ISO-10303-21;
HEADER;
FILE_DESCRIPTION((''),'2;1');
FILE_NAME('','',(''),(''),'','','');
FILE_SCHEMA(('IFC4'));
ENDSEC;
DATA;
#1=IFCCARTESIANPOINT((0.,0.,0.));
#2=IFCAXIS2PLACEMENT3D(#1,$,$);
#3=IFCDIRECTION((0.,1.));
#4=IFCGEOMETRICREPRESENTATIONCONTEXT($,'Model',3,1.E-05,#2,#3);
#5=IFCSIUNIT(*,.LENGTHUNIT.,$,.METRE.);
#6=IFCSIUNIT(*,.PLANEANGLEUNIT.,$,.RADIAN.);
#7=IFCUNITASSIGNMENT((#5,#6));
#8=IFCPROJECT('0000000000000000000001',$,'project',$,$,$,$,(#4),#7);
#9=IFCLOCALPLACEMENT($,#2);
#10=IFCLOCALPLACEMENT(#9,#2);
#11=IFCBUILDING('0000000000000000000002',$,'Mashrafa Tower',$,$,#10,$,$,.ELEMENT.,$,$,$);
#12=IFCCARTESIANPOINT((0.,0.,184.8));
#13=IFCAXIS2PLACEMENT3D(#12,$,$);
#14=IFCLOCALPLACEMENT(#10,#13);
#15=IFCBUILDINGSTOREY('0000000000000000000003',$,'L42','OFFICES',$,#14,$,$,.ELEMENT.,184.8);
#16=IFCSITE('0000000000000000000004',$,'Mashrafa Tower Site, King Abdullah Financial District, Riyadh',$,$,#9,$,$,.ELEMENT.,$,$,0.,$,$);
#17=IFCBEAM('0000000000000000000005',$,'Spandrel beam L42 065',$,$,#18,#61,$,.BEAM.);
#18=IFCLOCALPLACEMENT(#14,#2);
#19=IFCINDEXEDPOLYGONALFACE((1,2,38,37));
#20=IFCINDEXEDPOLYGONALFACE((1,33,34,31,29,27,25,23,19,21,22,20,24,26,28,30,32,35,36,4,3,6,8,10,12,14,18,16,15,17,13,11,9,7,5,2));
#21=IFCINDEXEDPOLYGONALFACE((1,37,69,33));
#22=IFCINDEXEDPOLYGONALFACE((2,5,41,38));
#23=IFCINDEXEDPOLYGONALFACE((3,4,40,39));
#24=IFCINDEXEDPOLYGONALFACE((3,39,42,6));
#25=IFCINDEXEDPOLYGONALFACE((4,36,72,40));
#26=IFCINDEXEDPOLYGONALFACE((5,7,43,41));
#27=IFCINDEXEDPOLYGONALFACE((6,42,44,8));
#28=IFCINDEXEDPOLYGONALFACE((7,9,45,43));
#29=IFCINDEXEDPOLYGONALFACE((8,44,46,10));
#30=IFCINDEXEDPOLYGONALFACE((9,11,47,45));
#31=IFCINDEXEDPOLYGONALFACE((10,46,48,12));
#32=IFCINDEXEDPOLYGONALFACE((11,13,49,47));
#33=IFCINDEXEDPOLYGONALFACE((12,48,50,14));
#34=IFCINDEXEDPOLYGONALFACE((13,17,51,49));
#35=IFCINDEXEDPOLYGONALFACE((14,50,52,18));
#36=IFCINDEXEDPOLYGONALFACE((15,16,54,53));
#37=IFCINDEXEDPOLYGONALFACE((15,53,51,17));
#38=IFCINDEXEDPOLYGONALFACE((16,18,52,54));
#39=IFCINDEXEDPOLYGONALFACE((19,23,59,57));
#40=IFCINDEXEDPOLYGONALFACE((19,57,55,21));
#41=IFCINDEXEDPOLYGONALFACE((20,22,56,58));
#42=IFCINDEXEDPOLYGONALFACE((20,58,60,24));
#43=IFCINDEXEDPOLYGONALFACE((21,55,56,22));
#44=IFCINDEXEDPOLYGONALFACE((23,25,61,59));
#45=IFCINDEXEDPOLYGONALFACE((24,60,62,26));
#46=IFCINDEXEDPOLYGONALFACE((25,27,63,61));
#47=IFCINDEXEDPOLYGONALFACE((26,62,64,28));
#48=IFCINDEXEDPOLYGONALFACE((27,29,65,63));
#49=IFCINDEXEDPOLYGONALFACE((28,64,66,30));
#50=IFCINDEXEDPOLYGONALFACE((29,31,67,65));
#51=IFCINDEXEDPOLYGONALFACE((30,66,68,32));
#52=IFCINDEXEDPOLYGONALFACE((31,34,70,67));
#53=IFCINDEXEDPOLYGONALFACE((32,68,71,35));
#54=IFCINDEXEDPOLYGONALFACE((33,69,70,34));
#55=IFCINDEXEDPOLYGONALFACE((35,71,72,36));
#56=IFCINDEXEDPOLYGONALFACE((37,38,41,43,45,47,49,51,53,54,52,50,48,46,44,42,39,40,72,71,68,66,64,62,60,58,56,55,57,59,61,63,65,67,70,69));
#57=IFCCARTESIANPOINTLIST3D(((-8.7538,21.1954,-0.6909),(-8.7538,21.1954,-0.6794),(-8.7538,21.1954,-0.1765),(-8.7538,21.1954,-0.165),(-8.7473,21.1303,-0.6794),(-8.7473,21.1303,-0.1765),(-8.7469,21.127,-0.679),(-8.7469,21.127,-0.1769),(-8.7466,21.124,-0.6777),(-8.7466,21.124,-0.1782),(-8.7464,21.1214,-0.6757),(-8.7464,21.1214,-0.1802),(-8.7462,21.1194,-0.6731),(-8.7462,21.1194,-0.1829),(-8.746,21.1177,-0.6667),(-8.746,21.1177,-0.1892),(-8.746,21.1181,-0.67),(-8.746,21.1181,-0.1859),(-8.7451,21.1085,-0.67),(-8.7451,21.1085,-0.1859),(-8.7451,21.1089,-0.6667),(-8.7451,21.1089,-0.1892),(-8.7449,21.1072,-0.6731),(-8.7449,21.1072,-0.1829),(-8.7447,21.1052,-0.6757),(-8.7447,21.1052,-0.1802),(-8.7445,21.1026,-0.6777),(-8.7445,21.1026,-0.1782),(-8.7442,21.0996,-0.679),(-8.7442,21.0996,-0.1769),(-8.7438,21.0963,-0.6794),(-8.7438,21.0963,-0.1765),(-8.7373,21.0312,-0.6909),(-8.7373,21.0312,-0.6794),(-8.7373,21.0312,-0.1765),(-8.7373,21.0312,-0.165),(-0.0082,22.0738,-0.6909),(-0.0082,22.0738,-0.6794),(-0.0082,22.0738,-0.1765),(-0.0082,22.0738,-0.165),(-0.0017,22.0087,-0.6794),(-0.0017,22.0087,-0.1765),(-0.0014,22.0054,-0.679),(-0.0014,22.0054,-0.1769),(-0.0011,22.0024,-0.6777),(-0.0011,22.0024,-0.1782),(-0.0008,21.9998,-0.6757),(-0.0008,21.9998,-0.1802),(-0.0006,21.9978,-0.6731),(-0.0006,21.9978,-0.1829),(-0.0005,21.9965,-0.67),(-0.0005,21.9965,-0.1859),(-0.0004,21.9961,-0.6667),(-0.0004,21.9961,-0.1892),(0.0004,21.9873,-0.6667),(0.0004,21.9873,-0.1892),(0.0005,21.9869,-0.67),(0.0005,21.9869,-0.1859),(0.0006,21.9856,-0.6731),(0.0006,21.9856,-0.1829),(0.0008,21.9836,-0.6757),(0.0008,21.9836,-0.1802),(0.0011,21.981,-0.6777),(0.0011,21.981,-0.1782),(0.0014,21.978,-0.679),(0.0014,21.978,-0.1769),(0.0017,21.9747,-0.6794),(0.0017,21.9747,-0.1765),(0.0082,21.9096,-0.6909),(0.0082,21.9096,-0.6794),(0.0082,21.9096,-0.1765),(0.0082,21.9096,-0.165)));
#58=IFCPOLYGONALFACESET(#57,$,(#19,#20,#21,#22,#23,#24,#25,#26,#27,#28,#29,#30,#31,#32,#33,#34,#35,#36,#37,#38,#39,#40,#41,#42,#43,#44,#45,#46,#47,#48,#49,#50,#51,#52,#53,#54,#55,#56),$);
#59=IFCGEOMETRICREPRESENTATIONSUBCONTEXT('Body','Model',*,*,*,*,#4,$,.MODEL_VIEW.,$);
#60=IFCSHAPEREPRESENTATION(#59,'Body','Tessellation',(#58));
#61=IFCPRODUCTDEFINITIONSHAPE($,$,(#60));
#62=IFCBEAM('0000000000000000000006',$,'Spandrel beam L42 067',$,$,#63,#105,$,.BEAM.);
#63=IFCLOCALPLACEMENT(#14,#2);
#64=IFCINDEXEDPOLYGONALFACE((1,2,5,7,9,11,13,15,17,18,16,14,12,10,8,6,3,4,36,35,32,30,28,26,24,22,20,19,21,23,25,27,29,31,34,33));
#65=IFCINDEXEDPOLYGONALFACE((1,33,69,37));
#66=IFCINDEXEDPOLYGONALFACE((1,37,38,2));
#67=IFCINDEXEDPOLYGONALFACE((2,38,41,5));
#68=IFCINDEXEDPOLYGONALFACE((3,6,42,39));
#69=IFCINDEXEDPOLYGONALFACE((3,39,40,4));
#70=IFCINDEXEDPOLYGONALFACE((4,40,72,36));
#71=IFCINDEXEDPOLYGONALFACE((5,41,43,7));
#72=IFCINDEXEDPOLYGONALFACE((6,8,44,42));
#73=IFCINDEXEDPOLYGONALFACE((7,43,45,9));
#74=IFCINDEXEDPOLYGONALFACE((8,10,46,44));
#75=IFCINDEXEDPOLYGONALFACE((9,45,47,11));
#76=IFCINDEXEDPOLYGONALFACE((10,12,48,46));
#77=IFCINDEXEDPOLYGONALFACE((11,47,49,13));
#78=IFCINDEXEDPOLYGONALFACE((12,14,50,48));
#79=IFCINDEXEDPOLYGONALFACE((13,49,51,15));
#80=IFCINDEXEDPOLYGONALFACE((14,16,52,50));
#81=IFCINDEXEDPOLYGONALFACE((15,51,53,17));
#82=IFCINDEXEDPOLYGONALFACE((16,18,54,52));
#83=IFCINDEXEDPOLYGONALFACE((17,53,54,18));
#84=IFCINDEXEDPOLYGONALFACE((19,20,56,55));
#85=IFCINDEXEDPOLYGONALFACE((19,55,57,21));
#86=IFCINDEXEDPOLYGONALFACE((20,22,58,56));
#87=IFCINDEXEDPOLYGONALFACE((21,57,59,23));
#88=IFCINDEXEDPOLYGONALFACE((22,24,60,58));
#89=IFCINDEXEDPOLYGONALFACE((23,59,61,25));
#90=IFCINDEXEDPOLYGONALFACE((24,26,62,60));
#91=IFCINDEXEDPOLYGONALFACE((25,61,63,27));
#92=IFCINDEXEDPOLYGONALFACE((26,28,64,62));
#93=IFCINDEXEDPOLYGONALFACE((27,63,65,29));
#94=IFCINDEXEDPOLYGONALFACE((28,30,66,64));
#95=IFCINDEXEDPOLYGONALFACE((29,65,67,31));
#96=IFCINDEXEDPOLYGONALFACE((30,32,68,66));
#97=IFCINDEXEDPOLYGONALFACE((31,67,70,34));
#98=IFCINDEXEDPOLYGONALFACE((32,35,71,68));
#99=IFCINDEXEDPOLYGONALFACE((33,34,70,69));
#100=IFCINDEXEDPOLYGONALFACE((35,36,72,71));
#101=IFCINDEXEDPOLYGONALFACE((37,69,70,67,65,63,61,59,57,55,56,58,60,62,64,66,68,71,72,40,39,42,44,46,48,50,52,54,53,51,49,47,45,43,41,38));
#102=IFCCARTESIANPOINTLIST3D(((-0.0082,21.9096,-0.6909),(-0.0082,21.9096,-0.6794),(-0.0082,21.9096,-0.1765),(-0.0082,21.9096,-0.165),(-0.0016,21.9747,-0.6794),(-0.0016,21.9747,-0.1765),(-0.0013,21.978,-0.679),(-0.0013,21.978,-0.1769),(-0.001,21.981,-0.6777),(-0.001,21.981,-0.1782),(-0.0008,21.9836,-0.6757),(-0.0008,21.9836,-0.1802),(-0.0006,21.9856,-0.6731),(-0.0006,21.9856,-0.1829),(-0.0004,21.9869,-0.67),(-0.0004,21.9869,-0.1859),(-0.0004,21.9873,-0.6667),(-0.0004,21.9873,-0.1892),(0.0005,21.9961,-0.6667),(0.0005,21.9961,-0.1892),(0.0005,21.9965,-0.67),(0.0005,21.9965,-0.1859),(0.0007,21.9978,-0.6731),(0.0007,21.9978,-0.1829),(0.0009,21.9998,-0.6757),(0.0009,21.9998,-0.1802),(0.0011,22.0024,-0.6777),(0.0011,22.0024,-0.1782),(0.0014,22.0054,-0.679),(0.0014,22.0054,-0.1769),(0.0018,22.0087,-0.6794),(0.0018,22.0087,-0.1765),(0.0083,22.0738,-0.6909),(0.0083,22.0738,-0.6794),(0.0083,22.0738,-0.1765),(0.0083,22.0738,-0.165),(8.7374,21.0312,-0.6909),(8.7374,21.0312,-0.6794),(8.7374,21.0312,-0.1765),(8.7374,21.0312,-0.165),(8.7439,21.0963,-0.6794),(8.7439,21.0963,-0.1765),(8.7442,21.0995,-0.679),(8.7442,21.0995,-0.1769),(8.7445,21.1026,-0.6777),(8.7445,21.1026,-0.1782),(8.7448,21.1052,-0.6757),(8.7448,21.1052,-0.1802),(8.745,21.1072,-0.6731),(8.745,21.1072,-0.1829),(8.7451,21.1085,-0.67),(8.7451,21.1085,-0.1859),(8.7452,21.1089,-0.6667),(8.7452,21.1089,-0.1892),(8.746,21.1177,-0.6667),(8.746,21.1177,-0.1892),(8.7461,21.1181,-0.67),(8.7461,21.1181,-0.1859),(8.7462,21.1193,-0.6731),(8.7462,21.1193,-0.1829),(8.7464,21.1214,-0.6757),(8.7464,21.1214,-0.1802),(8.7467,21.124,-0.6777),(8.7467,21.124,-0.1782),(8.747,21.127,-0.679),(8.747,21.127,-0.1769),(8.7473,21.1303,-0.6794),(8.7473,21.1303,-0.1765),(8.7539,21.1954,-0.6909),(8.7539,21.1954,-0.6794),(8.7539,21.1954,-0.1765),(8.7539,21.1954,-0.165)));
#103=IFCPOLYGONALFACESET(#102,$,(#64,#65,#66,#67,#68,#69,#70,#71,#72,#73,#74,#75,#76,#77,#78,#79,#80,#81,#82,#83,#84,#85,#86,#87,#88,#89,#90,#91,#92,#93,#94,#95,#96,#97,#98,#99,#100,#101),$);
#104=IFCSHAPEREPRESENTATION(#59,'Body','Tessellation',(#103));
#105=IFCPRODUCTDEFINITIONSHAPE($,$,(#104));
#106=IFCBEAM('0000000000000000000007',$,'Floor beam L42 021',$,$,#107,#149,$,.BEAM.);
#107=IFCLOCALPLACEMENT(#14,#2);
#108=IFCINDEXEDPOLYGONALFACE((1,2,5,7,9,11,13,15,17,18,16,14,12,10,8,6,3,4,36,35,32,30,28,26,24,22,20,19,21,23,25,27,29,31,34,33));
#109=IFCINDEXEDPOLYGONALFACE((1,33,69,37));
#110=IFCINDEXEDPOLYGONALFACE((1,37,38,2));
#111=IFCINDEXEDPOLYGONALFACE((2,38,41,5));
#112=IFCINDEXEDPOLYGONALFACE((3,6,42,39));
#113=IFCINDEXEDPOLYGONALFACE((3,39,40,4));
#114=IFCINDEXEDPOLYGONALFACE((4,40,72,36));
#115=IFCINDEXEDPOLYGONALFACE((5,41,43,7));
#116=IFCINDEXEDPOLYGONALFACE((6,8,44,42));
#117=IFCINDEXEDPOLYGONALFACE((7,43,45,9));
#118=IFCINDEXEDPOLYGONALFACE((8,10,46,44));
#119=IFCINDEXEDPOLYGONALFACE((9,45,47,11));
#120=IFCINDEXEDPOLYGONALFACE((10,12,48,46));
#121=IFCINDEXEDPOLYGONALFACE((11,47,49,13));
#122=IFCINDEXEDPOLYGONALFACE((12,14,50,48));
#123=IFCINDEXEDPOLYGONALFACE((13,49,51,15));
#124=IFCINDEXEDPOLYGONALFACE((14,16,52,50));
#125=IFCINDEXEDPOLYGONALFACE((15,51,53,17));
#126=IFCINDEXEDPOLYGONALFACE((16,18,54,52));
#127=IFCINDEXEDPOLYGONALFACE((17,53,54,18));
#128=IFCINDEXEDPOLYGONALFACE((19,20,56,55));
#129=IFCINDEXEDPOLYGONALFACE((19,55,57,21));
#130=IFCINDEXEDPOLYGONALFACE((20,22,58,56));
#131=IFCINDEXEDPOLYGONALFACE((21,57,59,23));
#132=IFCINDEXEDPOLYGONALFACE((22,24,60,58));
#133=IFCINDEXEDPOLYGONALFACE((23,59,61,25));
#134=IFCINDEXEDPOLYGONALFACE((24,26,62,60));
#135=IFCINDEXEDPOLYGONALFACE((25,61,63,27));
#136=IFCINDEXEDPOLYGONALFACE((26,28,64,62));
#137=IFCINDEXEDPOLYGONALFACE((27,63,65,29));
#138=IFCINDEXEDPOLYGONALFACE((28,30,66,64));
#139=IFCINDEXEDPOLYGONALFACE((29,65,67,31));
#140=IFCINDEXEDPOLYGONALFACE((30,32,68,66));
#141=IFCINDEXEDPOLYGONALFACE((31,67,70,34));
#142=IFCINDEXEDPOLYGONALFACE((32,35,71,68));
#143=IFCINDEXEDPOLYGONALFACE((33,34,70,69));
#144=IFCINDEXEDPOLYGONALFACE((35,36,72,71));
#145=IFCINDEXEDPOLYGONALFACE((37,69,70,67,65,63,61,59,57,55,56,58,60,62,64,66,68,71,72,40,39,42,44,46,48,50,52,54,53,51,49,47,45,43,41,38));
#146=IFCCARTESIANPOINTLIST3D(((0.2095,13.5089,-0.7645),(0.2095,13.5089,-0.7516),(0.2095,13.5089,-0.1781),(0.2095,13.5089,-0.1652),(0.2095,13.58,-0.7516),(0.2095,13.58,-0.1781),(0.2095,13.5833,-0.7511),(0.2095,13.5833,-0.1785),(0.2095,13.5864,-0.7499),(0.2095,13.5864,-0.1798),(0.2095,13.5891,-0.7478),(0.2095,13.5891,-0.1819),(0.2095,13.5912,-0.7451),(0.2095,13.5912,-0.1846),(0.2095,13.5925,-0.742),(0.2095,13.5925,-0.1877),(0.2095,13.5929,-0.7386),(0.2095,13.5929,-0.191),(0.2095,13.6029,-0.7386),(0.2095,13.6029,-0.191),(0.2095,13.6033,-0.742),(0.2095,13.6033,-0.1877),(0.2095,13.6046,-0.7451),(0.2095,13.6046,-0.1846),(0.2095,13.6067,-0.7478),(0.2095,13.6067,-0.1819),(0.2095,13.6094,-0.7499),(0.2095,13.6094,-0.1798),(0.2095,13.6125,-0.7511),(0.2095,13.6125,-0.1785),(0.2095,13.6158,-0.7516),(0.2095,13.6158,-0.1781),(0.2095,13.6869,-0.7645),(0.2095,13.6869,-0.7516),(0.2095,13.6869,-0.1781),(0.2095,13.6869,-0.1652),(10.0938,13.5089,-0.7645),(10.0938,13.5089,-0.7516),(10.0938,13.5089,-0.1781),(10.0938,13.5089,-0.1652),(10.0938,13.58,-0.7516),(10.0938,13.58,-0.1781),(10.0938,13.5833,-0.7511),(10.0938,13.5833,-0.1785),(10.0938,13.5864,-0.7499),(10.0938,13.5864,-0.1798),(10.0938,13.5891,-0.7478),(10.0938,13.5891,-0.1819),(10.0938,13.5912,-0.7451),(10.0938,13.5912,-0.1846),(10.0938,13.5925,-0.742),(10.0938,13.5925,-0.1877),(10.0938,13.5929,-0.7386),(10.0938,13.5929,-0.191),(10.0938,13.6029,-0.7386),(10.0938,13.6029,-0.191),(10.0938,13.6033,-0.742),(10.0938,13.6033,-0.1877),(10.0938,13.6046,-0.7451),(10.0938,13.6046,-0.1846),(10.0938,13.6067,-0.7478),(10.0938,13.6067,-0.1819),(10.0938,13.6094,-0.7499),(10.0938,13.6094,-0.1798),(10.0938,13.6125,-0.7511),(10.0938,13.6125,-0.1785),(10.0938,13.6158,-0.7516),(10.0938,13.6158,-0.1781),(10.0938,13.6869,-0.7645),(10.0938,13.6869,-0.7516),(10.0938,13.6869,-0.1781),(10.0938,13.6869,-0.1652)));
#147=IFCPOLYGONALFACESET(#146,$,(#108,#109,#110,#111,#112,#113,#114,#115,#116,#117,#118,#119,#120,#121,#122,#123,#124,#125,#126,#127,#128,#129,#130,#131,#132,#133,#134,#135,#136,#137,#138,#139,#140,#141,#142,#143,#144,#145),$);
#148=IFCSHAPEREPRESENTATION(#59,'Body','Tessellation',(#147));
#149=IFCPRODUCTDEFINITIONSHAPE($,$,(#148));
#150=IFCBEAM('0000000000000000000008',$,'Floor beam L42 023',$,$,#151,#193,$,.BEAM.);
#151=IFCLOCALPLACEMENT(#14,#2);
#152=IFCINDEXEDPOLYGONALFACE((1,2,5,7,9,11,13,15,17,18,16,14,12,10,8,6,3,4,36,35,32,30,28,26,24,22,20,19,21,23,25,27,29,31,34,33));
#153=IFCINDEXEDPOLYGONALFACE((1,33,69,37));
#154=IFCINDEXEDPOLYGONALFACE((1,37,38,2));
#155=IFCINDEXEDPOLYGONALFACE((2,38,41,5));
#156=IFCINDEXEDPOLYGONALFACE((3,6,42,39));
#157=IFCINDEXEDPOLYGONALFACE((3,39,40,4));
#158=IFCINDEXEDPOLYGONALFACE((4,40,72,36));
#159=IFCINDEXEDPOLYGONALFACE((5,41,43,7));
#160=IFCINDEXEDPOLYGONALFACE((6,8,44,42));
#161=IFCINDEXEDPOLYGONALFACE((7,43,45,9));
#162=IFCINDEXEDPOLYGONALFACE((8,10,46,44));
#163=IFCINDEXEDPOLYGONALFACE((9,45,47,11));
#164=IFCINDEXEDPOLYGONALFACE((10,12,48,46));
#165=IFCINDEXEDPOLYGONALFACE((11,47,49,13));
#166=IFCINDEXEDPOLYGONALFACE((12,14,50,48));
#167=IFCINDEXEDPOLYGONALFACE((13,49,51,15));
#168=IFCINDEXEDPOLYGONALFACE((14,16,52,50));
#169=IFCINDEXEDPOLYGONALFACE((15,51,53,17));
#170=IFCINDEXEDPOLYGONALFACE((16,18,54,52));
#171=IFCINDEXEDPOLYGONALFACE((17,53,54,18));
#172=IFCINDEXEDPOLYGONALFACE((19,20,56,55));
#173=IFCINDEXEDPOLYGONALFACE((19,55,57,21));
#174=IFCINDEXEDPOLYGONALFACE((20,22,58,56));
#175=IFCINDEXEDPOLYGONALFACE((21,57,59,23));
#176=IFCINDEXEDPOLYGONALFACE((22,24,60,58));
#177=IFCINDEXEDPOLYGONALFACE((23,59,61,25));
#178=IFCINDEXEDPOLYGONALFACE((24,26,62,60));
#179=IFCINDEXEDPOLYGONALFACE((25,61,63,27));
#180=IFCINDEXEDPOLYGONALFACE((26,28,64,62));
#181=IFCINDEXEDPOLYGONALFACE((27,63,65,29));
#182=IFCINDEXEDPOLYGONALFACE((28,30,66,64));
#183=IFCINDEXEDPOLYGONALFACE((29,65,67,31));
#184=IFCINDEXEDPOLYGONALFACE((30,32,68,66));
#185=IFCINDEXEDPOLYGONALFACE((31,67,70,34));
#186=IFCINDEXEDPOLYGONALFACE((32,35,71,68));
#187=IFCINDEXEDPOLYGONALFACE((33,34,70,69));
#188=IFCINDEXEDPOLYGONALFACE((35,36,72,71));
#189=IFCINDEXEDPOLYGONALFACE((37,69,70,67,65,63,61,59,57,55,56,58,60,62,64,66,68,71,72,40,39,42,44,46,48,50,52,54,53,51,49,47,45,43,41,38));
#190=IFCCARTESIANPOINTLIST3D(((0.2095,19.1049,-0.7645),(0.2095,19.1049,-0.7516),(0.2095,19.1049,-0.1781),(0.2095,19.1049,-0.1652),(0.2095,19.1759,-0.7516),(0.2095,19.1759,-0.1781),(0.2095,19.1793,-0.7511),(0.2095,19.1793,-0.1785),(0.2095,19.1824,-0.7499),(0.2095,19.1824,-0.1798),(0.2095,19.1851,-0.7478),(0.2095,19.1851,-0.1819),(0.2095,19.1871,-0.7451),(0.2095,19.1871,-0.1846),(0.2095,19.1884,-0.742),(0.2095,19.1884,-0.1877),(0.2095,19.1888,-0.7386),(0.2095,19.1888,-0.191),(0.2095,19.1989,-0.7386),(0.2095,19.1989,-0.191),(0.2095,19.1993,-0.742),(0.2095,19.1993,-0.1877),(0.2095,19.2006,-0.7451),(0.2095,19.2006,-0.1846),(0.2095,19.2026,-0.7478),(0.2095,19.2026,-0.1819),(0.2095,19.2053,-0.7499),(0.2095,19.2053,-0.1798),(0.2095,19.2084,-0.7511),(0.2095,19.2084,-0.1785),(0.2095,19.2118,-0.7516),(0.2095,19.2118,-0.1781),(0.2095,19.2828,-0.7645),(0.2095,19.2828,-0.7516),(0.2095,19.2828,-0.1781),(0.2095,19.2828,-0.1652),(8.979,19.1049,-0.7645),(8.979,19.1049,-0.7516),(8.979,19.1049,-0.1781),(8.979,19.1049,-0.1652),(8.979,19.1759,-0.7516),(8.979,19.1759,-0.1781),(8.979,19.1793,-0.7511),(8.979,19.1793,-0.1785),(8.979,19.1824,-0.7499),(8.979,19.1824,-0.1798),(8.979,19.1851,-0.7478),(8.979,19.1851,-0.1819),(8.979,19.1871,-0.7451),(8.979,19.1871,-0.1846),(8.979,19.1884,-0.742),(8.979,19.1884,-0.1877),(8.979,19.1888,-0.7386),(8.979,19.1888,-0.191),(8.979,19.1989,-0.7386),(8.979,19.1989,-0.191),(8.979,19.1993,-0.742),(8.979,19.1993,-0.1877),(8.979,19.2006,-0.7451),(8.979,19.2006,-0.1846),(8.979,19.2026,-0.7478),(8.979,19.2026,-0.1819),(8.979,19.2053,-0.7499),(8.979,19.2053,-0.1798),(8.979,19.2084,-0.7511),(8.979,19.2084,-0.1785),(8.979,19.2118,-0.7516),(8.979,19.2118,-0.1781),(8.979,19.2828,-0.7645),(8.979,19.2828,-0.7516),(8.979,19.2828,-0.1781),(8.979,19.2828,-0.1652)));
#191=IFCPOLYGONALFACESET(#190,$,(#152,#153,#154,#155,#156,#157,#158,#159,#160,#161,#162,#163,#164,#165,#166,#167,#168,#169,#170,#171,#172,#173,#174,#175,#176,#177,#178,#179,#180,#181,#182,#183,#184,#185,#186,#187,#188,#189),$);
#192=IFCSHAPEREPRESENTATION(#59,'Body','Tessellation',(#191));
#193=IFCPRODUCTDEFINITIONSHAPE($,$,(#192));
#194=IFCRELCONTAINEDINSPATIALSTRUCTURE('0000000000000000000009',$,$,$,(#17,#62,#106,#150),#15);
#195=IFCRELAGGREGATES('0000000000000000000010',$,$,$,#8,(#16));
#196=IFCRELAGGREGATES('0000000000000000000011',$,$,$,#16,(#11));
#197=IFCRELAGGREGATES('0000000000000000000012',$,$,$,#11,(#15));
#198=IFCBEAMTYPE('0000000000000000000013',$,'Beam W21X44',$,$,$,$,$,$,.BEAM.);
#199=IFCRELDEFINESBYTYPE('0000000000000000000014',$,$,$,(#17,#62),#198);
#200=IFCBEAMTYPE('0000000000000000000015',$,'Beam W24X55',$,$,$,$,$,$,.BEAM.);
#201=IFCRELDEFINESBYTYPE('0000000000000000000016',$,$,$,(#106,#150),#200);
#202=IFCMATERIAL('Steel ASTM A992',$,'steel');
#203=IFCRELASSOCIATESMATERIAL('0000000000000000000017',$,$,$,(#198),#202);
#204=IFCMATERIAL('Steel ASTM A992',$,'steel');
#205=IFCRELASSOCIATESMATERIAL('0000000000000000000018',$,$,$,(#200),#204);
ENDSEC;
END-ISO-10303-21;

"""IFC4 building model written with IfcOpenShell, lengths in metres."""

from ifc_helpers import new_model, si_unit, direction, frame, origin, origin_2d, place, context, subcontext, project, spatial, i_section, extrude, material, material_profile, profile_set, type_object, element, save


model = new_model("IFC4")

# Units and contexts
model_context = context("Model", 3, precision=1e-05, world=origin(), true_north=direction((0.0, 1.0)))
body_context = subcontext(model_context, "Body", "Model", "MODEL_VIEW")
ifc_project = project(units=[si_unit("LENGTHUNIT", "METRE"), si_unit("PLANEANGLEUNIT", "RADIAN")], contexts=[model_context])

# Site, building, storey
site_placement = place(None, origin())
site = spatial("IfcSite", under=ifc_project, at=site_placement, Name="Mashrafa Tower Site, King Abdullah Financial District, Riyadh", CompositionType="ELEMENT", RefElevation=0.0)
building_placement = place(site_placement, origin())
building = spatial("IfcBuilding", under=site, at=building_placement, Name="Mashrafa Tower", CompositionType="ELEMENT")
storey_placement = place(building_placement, frame((0.0, 0.0, 184.8)))
storey = spatial("IfcBuildingStorey", under=building, at=storey_placement, Name="L42", Description="OFFICES", CompositionType="ELEMENT", Elevation=184.8)

# Beams
ifc_material_1 = material(Name="Steel ASTM A992", Category="steel")
ifc_material_profile_1 = material_profile(ifc_material_1, i_section(OverallWidth=0.165, OverallDepth=0.5259, WebThickness=0.0088, FlangeThickness=0.0115, FilletRadius=0.0127, at=origin_2d()), Name="W21X44")
ifc_profile_set_1 = profile_set([ifc_material_profile_1], Name="Steel ASTM A992")
beam_type_1 = type_object("IfcBeamType", Name="Beam W21X44", PredefinedType="BEAM", material=ifc_profile_set_1)
for number, where, z_axis, x_axis, name in (
    (1, (0.0, 21.9917, -0.428), (-0.994994, -0.099938, 0.0), (0.099938, -0.994994, 0.0), "Spandrel beam L42 065"),
    (2, (8.7456, 21.1133, -0.428), (-0.994994, 0.099938, 0.0), (-0.099938, -0.994994, 0.0), "Spandrel beam L42 067"),
):
    element("IfcBeam", number, at=place(storey_placement, frame(where, z_axis=z_axis, x_axis=x_axis)), inside=storey, type_object=beam_type_1, Name=name, PredefinedType="BEAM", context=body_context, shape_type="SweptSolid", body=[
        extrude(i_section(OverallWidth=0.165, OverallDepth=0.5259, WebThickness=0.0088, FlangeThickness=0.0115, FilletRadius=0.0127, at=origin_2d()), origin(), (0.0, 0.0, 1.0), 8.7896),
    ])
ifc_material_2 = material(Name="Steel ASTM A992", Category="steel")
ifc_material_profile_2 = material_profile(ifc_material_2, i_section(OverallWidth=0.178, OverallDepth=0.5994, WebThickness=0.01, FlangeThickness=0.0129, FilletRadius=0.0129, at=origin_2d()), Name="W24X55")
ifc_profile_set_2 = profile_set([ifc_material_profile_2], Name="Steel ASTM A992")
beam_type_2 = type_object("IfcBeamType", Name="Beam W24X55", PredefinedType="BEAM", material=ifc_profile_set_2)
beam_1_placement = place(storey_placement, frame((0.2095, 13.5979, -0.4648), z_axis=(1.0, 0.0, 0.0), x_axis=(0.0, 1.0, 0.0)))
element("IfcBeam", 3, at=beam_1_placement, inside=storey, type_object=beam_type_2, Name="Floor beam L42 021", PredefinedType="BEAM", context=body_context, shape_type="SweptSolid", body=[
    extrude(i_section(OverallWidth=0.178, OverallDepth=0.5994, WebThickness=0.01, FlangeThickness=0.0129, FilletRadius=0.0129, at=origin_2d()), origin(), (0.0, 0.0, 1.0), 9.8843),
])
beam_2_placement = place(storey_placement, frame((0.2095, 19.1938, -0.4648), z_axis=(1.0, 0.0, 0.0), x_axis=(0.0, 1.0, 0.0)))
element("IfcBeam", 4, at=beam_2_placement, inside=storey, type_object=beam_type_2, Name="Floor beam L42 023", PredefinedType="BEAM", context=body_context, shape_type="SweptSolid", body=[
    extrude(i_section(OverallWidth=0.178, OverallDepth=0.5994, WebThickness=0.01, FlangeThickness=0.0129, FilletRadius=0.0129, at=origin_2d()), origin(), (0.0, 0.0, 1.0), 8.7695),
])

save(model, "model.ifc")
